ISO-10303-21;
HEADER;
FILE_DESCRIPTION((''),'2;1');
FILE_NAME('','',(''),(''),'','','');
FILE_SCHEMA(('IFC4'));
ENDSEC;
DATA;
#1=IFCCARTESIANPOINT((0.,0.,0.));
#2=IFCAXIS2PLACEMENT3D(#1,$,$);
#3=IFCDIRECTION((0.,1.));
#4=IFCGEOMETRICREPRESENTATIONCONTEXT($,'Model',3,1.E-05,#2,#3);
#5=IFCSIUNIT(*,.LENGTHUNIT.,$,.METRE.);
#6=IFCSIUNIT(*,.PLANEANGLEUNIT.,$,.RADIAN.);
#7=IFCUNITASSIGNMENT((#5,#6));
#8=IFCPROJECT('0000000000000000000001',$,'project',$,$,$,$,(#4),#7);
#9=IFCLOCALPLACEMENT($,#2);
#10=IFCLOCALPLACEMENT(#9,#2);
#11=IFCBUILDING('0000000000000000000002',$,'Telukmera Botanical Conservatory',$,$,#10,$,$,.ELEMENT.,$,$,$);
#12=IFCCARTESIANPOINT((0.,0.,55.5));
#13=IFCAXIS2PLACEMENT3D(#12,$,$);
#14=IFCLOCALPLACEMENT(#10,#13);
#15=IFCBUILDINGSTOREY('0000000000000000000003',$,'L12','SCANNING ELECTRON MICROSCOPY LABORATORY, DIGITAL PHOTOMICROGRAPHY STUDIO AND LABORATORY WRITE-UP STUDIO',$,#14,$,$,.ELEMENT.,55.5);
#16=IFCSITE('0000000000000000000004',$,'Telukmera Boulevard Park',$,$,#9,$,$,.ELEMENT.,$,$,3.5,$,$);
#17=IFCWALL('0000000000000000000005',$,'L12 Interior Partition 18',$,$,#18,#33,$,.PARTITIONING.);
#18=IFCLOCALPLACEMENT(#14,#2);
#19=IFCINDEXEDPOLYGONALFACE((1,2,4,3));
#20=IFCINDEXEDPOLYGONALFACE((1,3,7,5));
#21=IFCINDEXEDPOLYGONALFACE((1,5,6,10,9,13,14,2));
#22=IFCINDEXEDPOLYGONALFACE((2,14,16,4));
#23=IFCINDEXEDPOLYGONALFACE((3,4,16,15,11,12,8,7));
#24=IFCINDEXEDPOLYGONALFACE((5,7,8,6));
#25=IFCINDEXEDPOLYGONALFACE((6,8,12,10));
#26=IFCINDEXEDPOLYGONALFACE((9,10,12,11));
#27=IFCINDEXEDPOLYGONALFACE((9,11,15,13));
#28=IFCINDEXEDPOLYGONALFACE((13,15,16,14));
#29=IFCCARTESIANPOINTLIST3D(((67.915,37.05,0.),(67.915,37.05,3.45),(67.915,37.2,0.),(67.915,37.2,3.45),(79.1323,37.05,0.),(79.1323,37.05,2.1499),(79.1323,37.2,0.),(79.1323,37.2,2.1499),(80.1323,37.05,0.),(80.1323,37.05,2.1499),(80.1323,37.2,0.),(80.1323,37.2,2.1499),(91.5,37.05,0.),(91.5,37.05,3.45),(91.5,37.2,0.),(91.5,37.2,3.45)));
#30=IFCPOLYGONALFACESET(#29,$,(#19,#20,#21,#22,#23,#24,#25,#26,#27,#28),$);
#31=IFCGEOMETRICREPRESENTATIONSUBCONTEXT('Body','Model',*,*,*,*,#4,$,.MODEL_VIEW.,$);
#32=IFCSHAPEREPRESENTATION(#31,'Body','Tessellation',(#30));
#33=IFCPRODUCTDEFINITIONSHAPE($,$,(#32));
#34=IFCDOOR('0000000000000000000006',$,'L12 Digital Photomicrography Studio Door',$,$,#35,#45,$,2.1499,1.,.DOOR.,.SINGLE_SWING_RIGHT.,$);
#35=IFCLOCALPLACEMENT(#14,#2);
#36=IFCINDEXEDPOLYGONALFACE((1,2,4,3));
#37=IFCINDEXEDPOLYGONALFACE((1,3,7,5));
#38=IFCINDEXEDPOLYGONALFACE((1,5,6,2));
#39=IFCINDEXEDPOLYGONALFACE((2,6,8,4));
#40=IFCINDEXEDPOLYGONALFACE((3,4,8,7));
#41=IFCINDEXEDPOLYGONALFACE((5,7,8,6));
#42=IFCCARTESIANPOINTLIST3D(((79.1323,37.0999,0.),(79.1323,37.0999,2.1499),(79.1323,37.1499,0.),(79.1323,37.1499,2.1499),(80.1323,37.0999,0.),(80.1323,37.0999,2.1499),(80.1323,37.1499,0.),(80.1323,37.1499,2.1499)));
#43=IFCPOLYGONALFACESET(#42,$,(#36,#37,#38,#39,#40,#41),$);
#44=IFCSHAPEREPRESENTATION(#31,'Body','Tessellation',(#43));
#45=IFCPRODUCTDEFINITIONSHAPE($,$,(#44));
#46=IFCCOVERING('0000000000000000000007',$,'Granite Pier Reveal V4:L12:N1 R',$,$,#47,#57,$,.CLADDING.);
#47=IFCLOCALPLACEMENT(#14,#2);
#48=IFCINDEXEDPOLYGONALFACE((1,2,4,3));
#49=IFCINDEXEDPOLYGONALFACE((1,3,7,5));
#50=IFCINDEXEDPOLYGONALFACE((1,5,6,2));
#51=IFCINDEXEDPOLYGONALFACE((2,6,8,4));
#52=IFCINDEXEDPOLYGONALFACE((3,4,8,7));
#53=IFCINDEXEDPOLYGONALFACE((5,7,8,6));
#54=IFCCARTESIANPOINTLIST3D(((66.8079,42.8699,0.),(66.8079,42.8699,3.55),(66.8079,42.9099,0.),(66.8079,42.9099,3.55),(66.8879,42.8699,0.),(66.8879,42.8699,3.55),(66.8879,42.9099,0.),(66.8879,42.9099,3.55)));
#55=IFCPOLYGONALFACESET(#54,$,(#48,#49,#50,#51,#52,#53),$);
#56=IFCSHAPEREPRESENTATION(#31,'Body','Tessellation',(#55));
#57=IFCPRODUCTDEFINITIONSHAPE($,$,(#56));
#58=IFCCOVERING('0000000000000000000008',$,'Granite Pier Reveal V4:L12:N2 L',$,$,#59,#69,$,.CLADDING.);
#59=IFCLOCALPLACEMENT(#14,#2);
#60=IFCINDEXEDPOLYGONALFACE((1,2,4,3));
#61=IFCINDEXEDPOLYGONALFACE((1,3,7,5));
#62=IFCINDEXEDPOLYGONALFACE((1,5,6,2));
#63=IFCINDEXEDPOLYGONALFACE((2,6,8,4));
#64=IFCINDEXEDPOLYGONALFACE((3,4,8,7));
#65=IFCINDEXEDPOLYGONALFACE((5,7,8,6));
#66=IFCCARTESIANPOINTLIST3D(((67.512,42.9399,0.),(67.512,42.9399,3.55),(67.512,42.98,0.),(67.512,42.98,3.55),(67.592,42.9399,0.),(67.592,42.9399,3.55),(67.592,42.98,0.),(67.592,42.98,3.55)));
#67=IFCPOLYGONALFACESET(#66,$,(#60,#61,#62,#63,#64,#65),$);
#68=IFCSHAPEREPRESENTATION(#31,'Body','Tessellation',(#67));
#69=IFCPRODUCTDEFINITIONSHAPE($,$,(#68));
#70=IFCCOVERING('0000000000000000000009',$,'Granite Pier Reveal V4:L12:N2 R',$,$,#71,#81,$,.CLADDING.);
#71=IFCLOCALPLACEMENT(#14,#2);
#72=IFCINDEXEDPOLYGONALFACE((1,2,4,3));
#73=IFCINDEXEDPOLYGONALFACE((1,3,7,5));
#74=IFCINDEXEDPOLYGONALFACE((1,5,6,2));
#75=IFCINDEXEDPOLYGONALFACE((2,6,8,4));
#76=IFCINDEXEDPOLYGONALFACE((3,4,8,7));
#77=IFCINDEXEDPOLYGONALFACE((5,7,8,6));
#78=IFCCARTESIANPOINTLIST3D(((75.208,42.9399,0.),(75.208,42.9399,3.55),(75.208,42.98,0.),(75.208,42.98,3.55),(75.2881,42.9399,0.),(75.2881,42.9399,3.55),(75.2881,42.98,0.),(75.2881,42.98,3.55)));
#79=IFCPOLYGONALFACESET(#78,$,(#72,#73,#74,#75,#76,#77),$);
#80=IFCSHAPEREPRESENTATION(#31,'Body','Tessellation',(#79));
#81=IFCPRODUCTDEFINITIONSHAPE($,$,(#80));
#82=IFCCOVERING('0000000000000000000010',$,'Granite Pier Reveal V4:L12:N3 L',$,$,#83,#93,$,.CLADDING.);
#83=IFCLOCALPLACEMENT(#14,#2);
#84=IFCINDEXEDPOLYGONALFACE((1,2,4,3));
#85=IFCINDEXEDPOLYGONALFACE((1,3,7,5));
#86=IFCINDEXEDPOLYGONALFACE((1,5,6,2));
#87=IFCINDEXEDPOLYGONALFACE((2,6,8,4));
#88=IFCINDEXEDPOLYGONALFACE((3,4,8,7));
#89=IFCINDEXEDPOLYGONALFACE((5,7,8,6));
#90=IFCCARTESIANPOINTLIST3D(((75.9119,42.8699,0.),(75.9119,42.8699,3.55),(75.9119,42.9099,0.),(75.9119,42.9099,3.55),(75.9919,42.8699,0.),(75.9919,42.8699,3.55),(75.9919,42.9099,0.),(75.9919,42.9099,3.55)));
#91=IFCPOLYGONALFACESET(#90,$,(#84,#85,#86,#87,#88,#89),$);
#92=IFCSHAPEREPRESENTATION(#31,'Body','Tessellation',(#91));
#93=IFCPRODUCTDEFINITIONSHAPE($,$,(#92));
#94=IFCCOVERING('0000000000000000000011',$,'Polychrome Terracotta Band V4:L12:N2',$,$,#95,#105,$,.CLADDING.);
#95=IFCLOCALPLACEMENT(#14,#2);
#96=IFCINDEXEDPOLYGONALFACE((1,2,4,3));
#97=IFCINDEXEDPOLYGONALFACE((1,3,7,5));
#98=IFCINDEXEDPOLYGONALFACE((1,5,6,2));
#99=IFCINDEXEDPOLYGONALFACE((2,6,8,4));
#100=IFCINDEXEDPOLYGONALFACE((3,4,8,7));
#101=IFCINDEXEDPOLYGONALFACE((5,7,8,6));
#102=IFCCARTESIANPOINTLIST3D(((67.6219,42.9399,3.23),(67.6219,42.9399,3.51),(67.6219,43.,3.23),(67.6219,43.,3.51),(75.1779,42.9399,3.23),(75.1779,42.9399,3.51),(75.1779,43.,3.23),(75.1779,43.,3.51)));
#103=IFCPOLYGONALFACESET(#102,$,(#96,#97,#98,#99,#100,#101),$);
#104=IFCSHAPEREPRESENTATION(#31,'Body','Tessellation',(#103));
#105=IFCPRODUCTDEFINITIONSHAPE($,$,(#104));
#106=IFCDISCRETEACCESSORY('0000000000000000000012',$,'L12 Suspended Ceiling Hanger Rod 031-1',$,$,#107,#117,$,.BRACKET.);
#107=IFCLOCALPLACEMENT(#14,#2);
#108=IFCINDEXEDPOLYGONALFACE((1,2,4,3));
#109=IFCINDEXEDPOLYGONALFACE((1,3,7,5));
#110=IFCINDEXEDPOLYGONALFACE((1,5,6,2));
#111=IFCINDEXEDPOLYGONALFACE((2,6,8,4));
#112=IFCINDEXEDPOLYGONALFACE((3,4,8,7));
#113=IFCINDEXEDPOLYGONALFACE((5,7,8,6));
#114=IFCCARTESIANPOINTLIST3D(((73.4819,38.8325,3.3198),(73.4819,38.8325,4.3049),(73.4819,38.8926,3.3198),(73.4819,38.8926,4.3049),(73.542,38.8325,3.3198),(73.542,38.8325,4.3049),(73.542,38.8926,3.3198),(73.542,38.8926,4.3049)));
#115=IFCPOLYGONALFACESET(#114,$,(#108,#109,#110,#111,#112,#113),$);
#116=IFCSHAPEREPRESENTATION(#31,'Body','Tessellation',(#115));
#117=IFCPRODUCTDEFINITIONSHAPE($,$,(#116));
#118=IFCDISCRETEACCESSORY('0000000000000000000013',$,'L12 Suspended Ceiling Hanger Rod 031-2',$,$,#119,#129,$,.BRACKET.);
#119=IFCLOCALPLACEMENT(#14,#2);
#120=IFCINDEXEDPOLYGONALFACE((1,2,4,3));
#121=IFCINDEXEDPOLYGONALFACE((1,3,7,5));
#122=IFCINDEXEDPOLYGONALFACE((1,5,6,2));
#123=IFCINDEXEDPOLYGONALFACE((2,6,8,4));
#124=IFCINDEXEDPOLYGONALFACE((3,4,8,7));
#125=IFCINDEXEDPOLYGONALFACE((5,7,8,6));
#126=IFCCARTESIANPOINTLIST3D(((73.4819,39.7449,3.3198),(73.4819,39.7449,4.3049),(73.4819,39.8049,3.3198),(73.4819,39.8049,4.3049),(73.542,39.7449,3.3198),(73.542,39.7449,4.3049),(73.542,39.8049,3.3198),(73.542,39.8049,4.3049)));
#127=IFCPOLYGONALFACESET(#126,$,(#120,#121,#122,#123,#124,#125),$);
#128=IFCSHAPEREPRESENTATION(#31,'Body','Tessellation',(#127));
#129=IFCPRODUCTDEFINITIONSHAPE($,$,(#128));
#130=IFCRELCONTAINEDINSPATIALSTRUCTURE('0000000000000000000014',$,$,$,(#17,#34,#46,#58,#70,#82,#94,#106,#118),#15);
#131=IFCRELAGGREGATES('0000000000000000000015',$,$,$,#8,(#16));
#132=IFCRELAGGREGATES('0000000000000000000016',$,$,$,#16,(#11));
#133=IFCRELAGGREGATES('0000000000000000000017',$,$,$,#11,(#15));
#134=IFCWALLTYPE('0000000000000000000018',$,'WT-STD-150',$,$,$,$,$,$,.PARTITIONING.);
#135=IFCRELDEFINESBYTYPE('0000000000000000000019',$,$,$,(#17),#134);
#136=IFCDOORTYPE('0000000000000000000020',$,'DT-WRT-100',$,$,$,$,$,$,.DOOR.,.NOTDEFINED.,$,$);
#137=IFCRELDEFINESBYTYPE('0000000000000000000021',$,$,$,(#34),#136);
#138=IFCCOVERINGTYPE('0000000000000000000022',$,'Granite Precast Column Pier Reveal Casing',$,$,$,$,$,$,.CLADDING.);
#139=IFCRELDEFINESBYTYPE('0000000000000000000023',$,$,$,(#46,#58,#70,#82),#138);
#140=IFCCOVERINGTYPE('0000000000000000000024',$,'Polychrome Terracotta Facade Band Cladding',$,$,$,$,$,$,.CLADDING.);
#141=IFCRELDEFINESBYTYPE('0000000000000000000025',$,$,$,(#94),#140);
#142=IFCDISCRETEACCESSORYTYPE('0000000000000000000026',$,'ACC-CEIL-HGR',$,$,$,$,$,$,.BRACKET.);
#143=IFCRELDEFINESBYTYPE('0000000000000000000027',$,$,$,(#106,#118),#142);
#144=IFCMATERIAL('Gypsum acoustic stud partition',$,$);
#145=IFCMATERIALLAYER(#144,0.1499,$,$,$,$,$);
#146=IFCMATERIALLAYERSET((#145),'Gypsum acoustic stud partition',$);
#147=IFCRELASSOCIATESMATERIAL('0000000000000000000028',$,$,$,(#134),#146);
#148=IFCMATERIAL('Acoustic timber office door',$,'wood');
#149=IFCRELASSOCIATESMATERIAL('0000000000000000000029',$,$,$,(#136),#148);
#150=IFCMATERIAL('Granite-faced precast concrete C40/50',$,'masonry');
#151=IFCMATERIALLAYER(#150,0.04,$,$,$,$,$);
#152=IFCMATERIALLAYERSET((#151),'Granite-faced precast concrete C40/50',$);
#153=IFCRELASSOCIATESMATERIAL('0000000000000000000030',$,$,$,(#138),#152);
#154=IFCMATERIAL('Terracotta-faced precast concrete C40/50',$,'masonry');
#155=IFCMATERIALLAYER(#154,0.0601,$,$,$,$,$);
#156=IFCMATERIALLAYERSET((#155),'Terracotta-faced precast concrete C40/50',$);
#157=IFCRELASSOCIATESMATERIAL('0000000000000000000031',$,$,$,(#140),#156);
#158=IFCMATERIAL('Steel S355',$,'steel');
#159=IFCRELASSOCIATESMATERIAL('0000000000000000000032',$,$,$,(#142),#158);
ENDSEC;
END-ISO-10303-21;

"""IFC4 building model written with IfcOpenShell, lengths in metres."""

from ifc_helpers import new_model, si_unit, direction, frame, frame_2d, origin, origin_2d, place, context, subcontext, project, spatial, rectangle, extrude, material, layer, layer_set, type_object, element, fill, save


model = new_model("IFC4")

# Units and contexts
model_context = context("Model", 3, precision=1e-05, world=origin(), true_north=direction((0.0, 1.0)))
body_context = subcontext(model_context, "Body", "Model", "MODEL_VIEW")
ifc_project = project(units=[si_unit("LENGTHUNIT", "METRE"), si_unit("PLANEANGLEUNIT", "RADIAN")], contexts=[model_context])

# Site, building, storey
site_placement = place(None, origin())
site = spatial("IfcSite", under=ifc_project, at=site_placement, Name="Telukmera Boulevard Park", CompositionType="ELEMENT", RefElevation=3.5)
building_placement = place(site_placement, origin())
building = spatial("IfcBuilding", under=site, at=building_placement, Name="Telukmera Botanical Conservatory", CompositionType="ELEMENT")
storey_placement = place(building_placement, frame((0.0, 0.0, 55.5)))
storey = spatial("IfcBuildingStorey", under=building, at=storey_placement, Name="L12", Description="SCANNING ELECTRON MICROSCOPY LABORATORY, DIGITAL PHOTOMICROGRAPHY STUDIO AND LABORATORY WRITE-UP STUDIO", CompositionType="ELEMENT", Elevation=55.5)

# Shared definitions
ifc_material_1 = material(Name="Gypsum acoustic stud partition")

# Wall, opening, door
ifc_layer_1 = layer(ifc_material_1, 0.1499)
ifc_layer_set_1 = layer_set([ifc_layer_1], Name="Gypsum acoustic stud partition")
wall_type_1 = type_object("IfcWallType", Name="WT-STD-150", PredefinedType="PARTITIONING", material=ifc_layer_set_1)
wall_1_placement = place(storey_placement, frame((67.915, 37.125, 0.0), z_axis=(0.0, 0.0, 1.0), x_axis=(1.0, 0.0, 0.0)))
wall_1 = element("IfcWall", 1, at=wall_1_placement, inside=storey, type_object=wall_type_1, Name="L12 Interior Partition 18", PredefinedType="PARTITIONING", context=body_context, shape_type="SweptSolid", body=[
    extrude(rectangle(XDim=23.585, YDim=0.1499, at=frame_2d((11.7925, 0.0))), origin(), (0.0, 0.0, 1.0), 3.45),
])
opening_1_placement = place(wall_1_placement, frame((11.2173, 0.0, 0.0)))
opening_1 = element("IfcOpeningElement", 2, at=opening_1_placement, cuts=wall_1, PredefinedType="OPENING", context=body_context, shape_type="SweptSolid", body=[
    extrude(rectangle(XDim=1.0, YDim=2.1499, at=frame_2d((0.5, 1.075))), frame((0.0, 0.085, 0.0), z_axis=(0.0, -1.0, 0.0), x_axis=(1.0, 0.0, 0.0)), (0.0, 0.0, 1.0), 0.1699),
])
ifc_material_2 = material(Name="Acoustic timber office door", Category="wood")
door_type = type_object("IfcDoorType", Name="DT-WRT-100", OperationType="NOTDEFINED", PredefinedType="DOOR", material=ifc_material_2)
door_placement = place(opening_1_placement, origin())
door = element("IfcDoor", 3, at=door_placement, inside=storey, type_object=door_type, Name="L12 Digital Photomicrography Studio Door", OperationType="SINGLE_SWING_RIGHT", OverallHeight=2.1499, OverallWidth=1.0, PredefinedType="DOOR", context=body_context, shape_type="SweptSolid", body=[
    extrude(rectangle(XDim=1.0, YDim=2.1499, at=frame_2d((0.5, 1.075))), frame((0.0, 0.0249, 0.0), z_axis=(0.0, -1.0, 0.0), x_axis=(1.0, 0.0, 0.0)), (0.0, 0.0, 1.0), 0.05),
])
fill(opening_1, door)

# Coverings
ifc_material_3 = material(Name="Granite-faced precast concrete C40/50", Category="masonry")
ifc_layer_2 = layer(ifc_material_3, 0.04)
ifc_layer_set_2 = layer_set([ifc_layer_2], Name="Granite-faced precast concrete C40/50")
covering_type_1 = type_object("IfcCoveringType", Name="Granite Precast Column Pier Reveal Casing", PredefinedType="CLADDING", material=ifc_layer_set_2)
for number, where, z_axis, x_axis, name in (
    (4, (66.8479, 42.8899, 0.0), (0.0, 0.0, 1.0), (1.0, 0.0, 0.0), "Granite Pier Reveal V4:L12:N1 R"),
    (5, (67.552, 42.96, 0.0), (0.0, 0.0, 1.0), (1.0, 0.0, 0.0), "Granite Pier Reveal V4:L12:N2 L"),
    (6, (75.248, 42.96, 0.0), (0.0, 0.0, 1.0), (1.0, 0.0, 0.0), "Granite Pier Reveal V4:L12:N2 R"),
    (7, (75.9519, 42.8899, 0.0), (0.0, 0.0, 1.0), (1.0, 0.0, 0.0), "Granite Pier Reveal V4:L12:N3 L"),
):
    element("IfcCovering", number, at=place(storey_placement, frame(where, z_axis=z_axis, x_axis=x_axis)), inside=storey, type_object=covering_type_1, Name=name, PredefinedType="CLADDING", context=body_context, shape_type="SweptSolid", body=[
        extrude(rectangle(XDim=0.0801, YDim=0.04, at=origin_2d()), origin(), (0.0, 0.0, 1.0), 3.55),
    ])
ifc_material_4 = material(Name="Terracotta-faced precast concrete C40/50", Category="masonry")
ifc_layer_3 = layer(ifc_material_4, 0.0601)
ifc_layer_set_3 = layer_set([ifc_layer_3], Name="Terracotta-faced precast concrete C40/50")
covering_type_2 = type_object("IfcCoveringType", Name="Polychrome Terracotta Facade Band Cladding", PredefinedType="CLADDING", material=ifc_layer_set_3)
covering_placement = place(storey_placement, frame((71.3999, 42.97, 3.23), z_axis=(0.0, 0.0, 1.0), x_axis=(1.0, 0.0, 0.0)))
element("IfcCovering", 8, at=covering_placement, inside=storey, type_object=covering_type_2, Name="Polychrome Terracotta Band V4:L12:N2", PredefinedType="CLADDING", context=body_context, shape_type="SweptSolid", body=[
    extrude(rectangle(XDim=7.5559, YDim=0.0601, at=origin_2d()), origin(), (0.0, 0.0, 1.0), 0.28),
])

# Discrete accessories
ifc_material_5 = material(Name="Steel S355", Category="steel")
discrete_accessory_type = type_object("IfcDiscreteAccessoryType", Name="ACC-CEIL-HGR", PredefinedType="BRACKET", material=ifc_material_5)
for number, where, z_axis, x_axis, name in (
    (9, (73.512, 38.8625, 3.3198), (0.0, 0.0, 1.0), (1.0, 0.0, 0.0), "L12 Suspended Ceiling Hanger Rod 031-1"),
    (10, (73.512, 39.7749, 3.3198), (0.0, 0.0, 1.0), (1.0, 0.0, 0.0), "L12 Suspended Ceiling Hanger Rod 031-2"),
):
    element("IfcDiscreteAccessory", number, at=place(storey_placement, frame(where, z_axis=z_axis, x_axis=x_axis)), inside=storey, type_object=discrete_accessory_type, Name=name, PredefinedType="BRACKET", context=body_context, shape_type="SweptSolid", body=[
        extrude(rectangle(XDim=0.0601, YDim=0.0601, at=origin_2d()), origin(), (0.0, 0.0, 1.0), 0.9851),
    ])

save(model, "model.ifc")
